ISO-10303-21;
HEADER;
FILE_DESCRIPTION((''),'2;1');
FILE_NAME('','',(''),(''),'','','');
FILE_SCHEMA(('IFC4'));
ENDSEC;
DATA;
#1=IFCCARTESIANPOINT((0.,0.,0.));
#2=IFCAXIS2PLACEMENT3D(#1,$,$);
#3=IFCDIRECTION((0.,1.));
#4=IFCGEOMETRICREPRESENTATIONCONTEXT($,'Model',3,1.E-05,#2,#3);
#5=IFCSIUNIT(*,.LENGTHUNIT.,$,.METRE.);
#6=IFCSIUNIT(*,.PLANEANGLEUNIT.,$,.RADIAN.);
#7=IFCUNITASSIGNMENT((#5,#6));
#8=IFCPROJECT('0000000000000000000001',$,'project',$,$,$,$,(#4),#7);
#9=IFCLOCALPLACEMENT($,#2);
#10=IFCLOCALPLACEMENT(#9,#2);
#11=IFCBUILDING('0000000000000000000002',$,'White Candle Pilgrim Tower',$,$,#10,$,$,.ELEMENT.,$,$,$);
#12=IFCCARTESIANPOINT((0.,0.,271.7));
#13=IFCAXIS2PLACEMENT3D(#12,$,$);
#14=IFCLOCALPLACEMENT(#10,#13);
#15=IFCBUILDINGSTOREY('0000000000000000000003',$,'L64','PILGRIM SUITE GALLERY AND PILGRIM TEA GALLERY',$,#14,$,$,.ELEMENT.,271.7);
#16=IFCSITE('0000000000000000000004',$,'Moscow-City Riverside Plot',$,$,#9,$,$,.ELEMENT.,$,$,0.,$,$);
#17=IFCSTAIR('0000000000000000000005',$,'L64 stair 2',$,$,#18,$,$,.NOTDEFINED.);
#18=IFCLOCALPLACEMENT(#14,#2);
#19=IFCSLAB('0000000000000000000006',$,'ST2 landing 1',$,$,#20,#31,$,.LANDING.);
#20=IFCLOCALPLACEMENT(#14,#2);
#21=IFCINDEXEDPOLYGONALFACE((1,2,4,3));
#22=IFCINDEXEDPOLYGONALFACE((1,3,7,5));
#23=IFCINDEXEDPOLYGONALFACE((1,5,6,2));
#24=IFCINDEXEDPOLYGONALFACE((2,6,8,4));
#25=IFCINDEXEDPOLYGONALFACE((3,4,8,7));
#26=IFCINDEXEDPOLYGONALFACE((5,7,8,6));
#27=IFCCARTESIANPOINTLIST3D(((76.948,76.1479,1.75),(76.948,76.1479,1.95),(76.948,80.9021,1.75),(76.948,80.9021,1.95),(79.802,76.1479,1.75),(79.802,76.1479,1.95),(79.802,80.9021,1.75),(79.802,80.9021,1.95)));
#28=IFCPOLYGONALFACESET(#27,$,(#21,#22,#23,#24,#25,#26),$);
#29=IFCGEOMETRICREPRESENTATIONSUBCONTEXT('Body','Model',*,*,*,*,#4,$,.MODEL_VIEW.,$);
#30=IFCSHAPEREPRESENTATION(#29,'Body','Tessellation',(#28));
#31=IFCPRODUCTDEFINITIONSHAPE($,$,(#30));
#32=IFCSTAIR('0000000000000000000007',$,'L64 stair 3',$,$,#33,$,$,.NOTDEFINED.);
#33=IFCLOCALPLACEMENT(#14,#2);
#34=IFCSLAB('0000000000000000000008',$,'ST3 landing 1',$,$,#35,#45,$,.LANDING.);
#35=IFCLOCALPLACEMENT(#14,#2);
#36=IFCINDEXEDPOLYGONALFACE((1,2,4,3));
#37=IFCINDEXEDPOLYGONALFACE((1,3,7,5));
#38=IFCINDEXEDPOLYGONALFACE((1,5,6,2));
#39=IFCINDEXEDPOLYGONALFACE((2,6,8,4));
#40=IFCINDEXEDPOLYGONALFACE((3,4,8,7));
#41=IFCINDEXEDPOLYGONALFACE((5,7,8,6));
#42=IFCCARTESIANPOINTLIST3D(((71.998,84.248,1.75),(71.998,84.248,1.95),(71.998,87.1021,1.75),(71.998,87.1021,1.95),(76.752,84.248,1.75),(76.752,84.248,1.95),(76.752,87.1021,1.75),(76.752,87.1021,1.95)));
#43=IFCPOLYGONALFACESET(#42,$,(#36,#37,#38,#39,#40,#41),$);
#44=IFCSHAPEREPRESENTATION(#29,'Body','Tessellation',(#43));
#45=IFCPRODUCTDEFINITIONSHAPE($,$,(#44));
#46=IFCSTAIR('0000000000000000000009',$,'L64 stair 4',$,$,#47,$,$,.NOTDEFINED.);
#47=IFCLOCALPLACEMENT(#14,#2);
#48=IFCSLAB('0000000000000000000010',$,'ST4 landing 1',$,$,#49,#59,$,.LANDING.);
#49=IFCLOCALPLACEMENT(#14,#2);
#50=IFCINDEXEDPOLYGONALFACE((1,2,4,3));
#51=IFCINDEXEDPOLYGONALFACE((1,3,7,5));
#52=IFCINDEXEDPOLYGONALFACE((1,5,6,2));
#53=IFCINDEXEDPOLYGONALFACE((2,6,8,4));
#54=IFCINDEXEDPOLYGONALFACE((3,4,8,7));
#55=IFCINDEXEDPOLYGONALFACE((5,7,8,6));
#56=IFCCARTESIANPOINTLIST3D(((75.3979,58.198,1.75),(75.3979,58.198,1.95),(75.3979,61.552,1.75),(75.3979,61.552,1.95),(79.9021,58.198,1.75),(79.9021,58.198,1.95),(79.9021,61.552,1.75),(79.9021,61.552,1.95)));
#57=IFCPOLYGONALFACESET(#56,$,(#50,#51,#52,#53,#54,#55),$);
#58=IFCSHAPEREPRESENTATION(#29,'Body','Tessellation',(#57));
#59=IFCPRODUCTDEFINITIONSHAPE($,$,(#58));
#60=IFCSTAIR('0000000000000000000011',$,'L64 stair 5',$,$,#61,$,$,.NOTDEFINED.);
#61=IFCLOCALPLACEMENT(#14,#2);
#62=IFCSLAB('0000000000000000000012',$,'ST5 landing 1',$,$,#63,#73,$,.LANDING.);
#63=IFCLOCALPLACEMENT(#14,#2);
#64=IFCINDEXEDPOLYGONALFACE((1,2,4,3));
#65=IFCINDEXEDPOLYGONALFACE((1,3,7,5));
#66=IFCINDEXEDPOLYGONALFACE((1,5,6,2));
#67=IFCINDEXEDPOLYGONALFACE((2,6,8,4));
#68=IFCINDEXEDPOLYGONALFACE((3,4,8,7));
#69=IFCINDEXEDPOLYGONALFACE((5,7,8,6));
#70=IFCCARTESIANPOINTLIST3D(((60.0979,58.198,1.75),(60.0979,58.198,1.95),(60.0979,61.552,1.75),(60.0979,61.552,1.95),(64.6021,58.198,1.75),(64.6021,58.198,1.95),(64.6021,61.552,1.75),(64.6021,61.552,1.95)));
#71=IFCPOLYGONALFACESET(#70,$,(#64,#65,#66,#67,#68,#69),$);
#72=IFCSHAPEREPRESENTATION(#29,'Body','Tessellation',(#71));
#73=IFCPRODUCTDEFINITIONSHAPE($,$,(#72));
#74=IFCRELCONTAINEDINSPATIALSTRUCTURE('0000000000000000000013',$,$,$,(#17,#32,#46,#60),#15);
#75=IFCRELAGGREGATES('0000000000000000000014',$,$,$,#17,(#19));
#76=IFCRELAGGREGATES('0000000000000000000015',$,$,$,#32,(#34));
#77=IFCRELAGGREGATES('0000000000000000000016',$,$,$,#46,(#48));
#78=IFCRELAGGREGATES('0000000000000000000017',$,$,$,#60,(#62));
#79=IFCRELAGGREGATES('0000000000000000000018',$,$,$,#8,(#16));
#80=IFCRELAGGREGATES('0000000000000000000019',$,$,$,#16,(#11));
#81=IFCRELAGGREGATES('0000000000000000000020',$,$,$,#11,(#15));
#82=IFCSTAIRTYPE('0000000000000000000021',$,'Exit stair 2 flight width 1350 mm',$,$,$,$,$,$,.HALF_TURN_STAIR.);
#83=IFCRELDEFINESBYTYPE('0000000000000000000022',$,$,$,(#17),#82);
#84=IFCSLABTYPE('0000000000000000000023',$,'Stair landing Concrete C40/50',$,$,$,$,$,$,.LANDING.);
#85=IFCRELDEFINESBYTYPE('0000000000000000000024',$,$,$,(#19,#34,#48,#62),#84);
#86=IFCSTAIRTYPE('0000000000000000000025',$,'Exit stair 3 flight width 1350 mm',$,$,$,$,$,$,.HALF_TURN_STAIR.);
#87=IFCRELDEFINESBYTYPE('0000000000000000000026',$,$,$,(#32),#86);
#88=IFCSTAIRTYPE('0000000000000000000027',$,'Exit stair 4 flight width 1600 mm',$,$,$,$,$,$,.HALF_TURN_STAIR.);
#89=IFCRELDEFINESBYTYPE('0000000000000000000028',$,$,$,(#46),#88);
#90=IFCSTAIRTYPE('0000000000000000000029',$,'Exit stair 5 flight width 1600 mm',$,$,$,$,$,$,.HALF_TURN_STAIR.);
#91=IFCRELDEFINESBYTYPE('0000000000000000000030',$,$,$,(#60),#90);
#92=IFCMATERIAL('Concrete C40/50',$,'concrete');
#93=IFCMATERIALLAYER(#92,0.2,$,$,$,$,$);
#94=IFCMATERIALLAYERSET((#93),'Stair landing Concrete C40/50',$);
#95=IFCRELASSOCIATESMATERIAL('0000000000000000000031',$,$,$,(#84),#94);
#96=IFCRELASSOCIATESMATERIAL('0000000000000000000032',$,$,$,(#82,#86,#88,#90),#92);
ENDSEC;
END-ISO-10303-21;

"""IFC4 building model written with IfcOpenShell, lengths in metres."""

from ifc_helpers import new_model, si_unit, direction, frame, origin, place, context, subcontext, project, spatial, polyline, outline, extrude, material, layer, layer_set, type_object, element, aggregate, save


model = new_model("IFC4")

# Units and contexts
model_context = context("Model", 3, precision=1e-05, world=origin(), true_north=direction((0.0, 1.0)))
body_context = subcontext(model_context, "Body", "Model", "MODEL_VIEW")
ifc_project = project(units=[si_unit("LENGTHUNIT", "METRE"), si_unit("PLANEANGLEUNIT", "RADIAN")], contexts=[model_context])

# Site, building, storey
site_placement = place(None, origin())
site = spatial("IfcSite", under=ifc_project, at=site_placement, Name="Moscow-City Riverside Plot", CompositionType="ELEMENT", RefElevation=0.0)
building_placement = place(site_placement, origin())
building = spatial("IfcBuilding", under=site, at=building_placement, Name="White Candle Pilgrim Tower", CompositionType="ELEMENT")
storey_placement = place(building_placement, frame((0.0, 0.0, 271.7)))
storey = spatial("IfcBuildingStorey", under=building, at=storey_placement, Name="L64", Description="PILGRIM SUITE GALLERY AND PILGRIM TEA GALLERY", CompositionType="ELEMENT", Elevation=271.7)

# Shared definitions
ifc_material_1 = material(Name="Concrete C40/50", Category="concrete")

# Stairs, slabs
ifc_layer_1 = layer(ifc_material_1, 0.2)
ifc_layer_set_1 = layer_set([ifc_layer_1], Name="Stair landing Concrete C40/50")
slab_type_1 = type_object("IfcSlabType", Name="Stair landing Concrete C40/50", PredefinedType="LANDING", material=ifc_layer_set_1)
stair_type_1 = type_object("IfcStairType", Name="Exit stair 2 flight width 1350 mm", PredefinedType="HALF_TURN_STAIR", material=ifc_material_1)
stair_1_placement = place(storey_placement, origin())
stair_1 = element("IfcStair", 1, at=stair_1_placement, inside=storey, type_object=stair_type_1, Name="L64 stair 2", PredefinedType="NOTDEFINED")
slab_1_placement = place(storey_placement, frame((0.0, 0.0, 1.75)))
slab_1 = element("IfcSlab", 2, at=slab_1_placement, type_object=slab_type_1, Name="ST2 landing 1", PredefinedType="LANDING", context=body_context, shape_type="SweptSolid", body=[
    extrude(outline(polyline([(79.802, 76.1479), (76.948, 76.1479), (76.948, 80.9021), (79.802, 80.9021), (79.802, 76.1479)])), origin(), (0.0, 0.0, 1.0), 0.2),
])
aggregate(stair_1, [slab_1])
stair_type_2 = type_object("IfcStairType", Name="Exit stair 3 flight width 1350 mm", PredefinedType="HALF_TURN_STAIR", material=ifc_material_1)
stair_2_placement = place(storey_placement, origin())
stair_2 = element("IfcStair", 3, at=stair_2_placement, inside=storey, type_object=stair_type_2, Name="L64 stair 3", PredefinedType="NOTDEFINED")
slab_2_placement = place(storey_placement, frame((0.0, 0.0, 1.75)))
slab_2 = element("IfcSlab", 4, at=slab_2_placement, type_object=slab_type_1, Name="ST3 landing 1", PredefinedType="LANDING", context=body_context, shape_type="SweptSolid", body=[
    extrude(outline(polyline([(71.998, 84.248), (71.998, 87.1021), (76.752, 87.1021), (76.752, 84.248), (71.998, 84.248)])), origin(), (0.0, 0.0, 1.0), 0.2),
])
aggregate(stair_2, [slab_2])
stair_type_3 = type_object("IfcStairType", Name="Exit stair 4 flight width 1600 mm", PredefinedType="HALF_TURN_STAIR", material=ifc_material_1)
stair_3_placement = place(storey_placement, origin())
stair_3 = element("IfcStair", 5, at=stair_3_placement, inside=storey, type_object=stair_type_3, Name="L64 stair 4", PredefinedType="NOTDEFINED")
slab_3_placement = place(storey_placement, frame((0.0, 0.0, 1.75)))
slab_3 = element("IfcSlab", 6, at=slab_3_placement, type_object=slab_type_1, Name="ST4 landing 1", PredefinedType="LANDING", context=body_context, shape_type="SweptSolid", body=[
    extrude(outline(polyline([(79.9021, 61.552), (79.9021, 58.198), (75.3979, 58.198), (75.3979, 61.552), (79.9021, 61.552)])), origin(), (0.0, 0.0, 1.0), 0.2),
])
aggregate(stair_3, [slab_3])
stair_type_4 = type_object("IfcStairType", Name="Exit stair 5 flight width 1600 mm", PredefinedType="HALF_TURN_STAIR", material=ifc_material_1)
stair_4_placement = place(storey_placement, origin())
stair_4 = element("IfcStair", 7, at=stair_4_placement, inside=storey, type_object=stair_type_4, Name="L64 stair 5", PredefinedType="NOTDEFINED")
slab_4_placement = place(storey_placement, frame((0.0, 0.0, 1.75)))
slab_4 = element("IfcSlab", 8, at=slab_4_placement, type_object=slab_type_1, Name="ST5 landing 1", PredefinedType="LANDING", context=body_context, shape_type="SweptSolid", body=[
    extrude(outline(polyline([(60.0979, 58.198), (60.0979, 61.552), (64.6021, 61.552), (64.6021, 58.198), (60.0979, 58.198)])), origin(), (0.0, 0.0, 1.0), 0.2),
])
aggregate(stair_4, [slab_4])

save(model, "model.ifc")
